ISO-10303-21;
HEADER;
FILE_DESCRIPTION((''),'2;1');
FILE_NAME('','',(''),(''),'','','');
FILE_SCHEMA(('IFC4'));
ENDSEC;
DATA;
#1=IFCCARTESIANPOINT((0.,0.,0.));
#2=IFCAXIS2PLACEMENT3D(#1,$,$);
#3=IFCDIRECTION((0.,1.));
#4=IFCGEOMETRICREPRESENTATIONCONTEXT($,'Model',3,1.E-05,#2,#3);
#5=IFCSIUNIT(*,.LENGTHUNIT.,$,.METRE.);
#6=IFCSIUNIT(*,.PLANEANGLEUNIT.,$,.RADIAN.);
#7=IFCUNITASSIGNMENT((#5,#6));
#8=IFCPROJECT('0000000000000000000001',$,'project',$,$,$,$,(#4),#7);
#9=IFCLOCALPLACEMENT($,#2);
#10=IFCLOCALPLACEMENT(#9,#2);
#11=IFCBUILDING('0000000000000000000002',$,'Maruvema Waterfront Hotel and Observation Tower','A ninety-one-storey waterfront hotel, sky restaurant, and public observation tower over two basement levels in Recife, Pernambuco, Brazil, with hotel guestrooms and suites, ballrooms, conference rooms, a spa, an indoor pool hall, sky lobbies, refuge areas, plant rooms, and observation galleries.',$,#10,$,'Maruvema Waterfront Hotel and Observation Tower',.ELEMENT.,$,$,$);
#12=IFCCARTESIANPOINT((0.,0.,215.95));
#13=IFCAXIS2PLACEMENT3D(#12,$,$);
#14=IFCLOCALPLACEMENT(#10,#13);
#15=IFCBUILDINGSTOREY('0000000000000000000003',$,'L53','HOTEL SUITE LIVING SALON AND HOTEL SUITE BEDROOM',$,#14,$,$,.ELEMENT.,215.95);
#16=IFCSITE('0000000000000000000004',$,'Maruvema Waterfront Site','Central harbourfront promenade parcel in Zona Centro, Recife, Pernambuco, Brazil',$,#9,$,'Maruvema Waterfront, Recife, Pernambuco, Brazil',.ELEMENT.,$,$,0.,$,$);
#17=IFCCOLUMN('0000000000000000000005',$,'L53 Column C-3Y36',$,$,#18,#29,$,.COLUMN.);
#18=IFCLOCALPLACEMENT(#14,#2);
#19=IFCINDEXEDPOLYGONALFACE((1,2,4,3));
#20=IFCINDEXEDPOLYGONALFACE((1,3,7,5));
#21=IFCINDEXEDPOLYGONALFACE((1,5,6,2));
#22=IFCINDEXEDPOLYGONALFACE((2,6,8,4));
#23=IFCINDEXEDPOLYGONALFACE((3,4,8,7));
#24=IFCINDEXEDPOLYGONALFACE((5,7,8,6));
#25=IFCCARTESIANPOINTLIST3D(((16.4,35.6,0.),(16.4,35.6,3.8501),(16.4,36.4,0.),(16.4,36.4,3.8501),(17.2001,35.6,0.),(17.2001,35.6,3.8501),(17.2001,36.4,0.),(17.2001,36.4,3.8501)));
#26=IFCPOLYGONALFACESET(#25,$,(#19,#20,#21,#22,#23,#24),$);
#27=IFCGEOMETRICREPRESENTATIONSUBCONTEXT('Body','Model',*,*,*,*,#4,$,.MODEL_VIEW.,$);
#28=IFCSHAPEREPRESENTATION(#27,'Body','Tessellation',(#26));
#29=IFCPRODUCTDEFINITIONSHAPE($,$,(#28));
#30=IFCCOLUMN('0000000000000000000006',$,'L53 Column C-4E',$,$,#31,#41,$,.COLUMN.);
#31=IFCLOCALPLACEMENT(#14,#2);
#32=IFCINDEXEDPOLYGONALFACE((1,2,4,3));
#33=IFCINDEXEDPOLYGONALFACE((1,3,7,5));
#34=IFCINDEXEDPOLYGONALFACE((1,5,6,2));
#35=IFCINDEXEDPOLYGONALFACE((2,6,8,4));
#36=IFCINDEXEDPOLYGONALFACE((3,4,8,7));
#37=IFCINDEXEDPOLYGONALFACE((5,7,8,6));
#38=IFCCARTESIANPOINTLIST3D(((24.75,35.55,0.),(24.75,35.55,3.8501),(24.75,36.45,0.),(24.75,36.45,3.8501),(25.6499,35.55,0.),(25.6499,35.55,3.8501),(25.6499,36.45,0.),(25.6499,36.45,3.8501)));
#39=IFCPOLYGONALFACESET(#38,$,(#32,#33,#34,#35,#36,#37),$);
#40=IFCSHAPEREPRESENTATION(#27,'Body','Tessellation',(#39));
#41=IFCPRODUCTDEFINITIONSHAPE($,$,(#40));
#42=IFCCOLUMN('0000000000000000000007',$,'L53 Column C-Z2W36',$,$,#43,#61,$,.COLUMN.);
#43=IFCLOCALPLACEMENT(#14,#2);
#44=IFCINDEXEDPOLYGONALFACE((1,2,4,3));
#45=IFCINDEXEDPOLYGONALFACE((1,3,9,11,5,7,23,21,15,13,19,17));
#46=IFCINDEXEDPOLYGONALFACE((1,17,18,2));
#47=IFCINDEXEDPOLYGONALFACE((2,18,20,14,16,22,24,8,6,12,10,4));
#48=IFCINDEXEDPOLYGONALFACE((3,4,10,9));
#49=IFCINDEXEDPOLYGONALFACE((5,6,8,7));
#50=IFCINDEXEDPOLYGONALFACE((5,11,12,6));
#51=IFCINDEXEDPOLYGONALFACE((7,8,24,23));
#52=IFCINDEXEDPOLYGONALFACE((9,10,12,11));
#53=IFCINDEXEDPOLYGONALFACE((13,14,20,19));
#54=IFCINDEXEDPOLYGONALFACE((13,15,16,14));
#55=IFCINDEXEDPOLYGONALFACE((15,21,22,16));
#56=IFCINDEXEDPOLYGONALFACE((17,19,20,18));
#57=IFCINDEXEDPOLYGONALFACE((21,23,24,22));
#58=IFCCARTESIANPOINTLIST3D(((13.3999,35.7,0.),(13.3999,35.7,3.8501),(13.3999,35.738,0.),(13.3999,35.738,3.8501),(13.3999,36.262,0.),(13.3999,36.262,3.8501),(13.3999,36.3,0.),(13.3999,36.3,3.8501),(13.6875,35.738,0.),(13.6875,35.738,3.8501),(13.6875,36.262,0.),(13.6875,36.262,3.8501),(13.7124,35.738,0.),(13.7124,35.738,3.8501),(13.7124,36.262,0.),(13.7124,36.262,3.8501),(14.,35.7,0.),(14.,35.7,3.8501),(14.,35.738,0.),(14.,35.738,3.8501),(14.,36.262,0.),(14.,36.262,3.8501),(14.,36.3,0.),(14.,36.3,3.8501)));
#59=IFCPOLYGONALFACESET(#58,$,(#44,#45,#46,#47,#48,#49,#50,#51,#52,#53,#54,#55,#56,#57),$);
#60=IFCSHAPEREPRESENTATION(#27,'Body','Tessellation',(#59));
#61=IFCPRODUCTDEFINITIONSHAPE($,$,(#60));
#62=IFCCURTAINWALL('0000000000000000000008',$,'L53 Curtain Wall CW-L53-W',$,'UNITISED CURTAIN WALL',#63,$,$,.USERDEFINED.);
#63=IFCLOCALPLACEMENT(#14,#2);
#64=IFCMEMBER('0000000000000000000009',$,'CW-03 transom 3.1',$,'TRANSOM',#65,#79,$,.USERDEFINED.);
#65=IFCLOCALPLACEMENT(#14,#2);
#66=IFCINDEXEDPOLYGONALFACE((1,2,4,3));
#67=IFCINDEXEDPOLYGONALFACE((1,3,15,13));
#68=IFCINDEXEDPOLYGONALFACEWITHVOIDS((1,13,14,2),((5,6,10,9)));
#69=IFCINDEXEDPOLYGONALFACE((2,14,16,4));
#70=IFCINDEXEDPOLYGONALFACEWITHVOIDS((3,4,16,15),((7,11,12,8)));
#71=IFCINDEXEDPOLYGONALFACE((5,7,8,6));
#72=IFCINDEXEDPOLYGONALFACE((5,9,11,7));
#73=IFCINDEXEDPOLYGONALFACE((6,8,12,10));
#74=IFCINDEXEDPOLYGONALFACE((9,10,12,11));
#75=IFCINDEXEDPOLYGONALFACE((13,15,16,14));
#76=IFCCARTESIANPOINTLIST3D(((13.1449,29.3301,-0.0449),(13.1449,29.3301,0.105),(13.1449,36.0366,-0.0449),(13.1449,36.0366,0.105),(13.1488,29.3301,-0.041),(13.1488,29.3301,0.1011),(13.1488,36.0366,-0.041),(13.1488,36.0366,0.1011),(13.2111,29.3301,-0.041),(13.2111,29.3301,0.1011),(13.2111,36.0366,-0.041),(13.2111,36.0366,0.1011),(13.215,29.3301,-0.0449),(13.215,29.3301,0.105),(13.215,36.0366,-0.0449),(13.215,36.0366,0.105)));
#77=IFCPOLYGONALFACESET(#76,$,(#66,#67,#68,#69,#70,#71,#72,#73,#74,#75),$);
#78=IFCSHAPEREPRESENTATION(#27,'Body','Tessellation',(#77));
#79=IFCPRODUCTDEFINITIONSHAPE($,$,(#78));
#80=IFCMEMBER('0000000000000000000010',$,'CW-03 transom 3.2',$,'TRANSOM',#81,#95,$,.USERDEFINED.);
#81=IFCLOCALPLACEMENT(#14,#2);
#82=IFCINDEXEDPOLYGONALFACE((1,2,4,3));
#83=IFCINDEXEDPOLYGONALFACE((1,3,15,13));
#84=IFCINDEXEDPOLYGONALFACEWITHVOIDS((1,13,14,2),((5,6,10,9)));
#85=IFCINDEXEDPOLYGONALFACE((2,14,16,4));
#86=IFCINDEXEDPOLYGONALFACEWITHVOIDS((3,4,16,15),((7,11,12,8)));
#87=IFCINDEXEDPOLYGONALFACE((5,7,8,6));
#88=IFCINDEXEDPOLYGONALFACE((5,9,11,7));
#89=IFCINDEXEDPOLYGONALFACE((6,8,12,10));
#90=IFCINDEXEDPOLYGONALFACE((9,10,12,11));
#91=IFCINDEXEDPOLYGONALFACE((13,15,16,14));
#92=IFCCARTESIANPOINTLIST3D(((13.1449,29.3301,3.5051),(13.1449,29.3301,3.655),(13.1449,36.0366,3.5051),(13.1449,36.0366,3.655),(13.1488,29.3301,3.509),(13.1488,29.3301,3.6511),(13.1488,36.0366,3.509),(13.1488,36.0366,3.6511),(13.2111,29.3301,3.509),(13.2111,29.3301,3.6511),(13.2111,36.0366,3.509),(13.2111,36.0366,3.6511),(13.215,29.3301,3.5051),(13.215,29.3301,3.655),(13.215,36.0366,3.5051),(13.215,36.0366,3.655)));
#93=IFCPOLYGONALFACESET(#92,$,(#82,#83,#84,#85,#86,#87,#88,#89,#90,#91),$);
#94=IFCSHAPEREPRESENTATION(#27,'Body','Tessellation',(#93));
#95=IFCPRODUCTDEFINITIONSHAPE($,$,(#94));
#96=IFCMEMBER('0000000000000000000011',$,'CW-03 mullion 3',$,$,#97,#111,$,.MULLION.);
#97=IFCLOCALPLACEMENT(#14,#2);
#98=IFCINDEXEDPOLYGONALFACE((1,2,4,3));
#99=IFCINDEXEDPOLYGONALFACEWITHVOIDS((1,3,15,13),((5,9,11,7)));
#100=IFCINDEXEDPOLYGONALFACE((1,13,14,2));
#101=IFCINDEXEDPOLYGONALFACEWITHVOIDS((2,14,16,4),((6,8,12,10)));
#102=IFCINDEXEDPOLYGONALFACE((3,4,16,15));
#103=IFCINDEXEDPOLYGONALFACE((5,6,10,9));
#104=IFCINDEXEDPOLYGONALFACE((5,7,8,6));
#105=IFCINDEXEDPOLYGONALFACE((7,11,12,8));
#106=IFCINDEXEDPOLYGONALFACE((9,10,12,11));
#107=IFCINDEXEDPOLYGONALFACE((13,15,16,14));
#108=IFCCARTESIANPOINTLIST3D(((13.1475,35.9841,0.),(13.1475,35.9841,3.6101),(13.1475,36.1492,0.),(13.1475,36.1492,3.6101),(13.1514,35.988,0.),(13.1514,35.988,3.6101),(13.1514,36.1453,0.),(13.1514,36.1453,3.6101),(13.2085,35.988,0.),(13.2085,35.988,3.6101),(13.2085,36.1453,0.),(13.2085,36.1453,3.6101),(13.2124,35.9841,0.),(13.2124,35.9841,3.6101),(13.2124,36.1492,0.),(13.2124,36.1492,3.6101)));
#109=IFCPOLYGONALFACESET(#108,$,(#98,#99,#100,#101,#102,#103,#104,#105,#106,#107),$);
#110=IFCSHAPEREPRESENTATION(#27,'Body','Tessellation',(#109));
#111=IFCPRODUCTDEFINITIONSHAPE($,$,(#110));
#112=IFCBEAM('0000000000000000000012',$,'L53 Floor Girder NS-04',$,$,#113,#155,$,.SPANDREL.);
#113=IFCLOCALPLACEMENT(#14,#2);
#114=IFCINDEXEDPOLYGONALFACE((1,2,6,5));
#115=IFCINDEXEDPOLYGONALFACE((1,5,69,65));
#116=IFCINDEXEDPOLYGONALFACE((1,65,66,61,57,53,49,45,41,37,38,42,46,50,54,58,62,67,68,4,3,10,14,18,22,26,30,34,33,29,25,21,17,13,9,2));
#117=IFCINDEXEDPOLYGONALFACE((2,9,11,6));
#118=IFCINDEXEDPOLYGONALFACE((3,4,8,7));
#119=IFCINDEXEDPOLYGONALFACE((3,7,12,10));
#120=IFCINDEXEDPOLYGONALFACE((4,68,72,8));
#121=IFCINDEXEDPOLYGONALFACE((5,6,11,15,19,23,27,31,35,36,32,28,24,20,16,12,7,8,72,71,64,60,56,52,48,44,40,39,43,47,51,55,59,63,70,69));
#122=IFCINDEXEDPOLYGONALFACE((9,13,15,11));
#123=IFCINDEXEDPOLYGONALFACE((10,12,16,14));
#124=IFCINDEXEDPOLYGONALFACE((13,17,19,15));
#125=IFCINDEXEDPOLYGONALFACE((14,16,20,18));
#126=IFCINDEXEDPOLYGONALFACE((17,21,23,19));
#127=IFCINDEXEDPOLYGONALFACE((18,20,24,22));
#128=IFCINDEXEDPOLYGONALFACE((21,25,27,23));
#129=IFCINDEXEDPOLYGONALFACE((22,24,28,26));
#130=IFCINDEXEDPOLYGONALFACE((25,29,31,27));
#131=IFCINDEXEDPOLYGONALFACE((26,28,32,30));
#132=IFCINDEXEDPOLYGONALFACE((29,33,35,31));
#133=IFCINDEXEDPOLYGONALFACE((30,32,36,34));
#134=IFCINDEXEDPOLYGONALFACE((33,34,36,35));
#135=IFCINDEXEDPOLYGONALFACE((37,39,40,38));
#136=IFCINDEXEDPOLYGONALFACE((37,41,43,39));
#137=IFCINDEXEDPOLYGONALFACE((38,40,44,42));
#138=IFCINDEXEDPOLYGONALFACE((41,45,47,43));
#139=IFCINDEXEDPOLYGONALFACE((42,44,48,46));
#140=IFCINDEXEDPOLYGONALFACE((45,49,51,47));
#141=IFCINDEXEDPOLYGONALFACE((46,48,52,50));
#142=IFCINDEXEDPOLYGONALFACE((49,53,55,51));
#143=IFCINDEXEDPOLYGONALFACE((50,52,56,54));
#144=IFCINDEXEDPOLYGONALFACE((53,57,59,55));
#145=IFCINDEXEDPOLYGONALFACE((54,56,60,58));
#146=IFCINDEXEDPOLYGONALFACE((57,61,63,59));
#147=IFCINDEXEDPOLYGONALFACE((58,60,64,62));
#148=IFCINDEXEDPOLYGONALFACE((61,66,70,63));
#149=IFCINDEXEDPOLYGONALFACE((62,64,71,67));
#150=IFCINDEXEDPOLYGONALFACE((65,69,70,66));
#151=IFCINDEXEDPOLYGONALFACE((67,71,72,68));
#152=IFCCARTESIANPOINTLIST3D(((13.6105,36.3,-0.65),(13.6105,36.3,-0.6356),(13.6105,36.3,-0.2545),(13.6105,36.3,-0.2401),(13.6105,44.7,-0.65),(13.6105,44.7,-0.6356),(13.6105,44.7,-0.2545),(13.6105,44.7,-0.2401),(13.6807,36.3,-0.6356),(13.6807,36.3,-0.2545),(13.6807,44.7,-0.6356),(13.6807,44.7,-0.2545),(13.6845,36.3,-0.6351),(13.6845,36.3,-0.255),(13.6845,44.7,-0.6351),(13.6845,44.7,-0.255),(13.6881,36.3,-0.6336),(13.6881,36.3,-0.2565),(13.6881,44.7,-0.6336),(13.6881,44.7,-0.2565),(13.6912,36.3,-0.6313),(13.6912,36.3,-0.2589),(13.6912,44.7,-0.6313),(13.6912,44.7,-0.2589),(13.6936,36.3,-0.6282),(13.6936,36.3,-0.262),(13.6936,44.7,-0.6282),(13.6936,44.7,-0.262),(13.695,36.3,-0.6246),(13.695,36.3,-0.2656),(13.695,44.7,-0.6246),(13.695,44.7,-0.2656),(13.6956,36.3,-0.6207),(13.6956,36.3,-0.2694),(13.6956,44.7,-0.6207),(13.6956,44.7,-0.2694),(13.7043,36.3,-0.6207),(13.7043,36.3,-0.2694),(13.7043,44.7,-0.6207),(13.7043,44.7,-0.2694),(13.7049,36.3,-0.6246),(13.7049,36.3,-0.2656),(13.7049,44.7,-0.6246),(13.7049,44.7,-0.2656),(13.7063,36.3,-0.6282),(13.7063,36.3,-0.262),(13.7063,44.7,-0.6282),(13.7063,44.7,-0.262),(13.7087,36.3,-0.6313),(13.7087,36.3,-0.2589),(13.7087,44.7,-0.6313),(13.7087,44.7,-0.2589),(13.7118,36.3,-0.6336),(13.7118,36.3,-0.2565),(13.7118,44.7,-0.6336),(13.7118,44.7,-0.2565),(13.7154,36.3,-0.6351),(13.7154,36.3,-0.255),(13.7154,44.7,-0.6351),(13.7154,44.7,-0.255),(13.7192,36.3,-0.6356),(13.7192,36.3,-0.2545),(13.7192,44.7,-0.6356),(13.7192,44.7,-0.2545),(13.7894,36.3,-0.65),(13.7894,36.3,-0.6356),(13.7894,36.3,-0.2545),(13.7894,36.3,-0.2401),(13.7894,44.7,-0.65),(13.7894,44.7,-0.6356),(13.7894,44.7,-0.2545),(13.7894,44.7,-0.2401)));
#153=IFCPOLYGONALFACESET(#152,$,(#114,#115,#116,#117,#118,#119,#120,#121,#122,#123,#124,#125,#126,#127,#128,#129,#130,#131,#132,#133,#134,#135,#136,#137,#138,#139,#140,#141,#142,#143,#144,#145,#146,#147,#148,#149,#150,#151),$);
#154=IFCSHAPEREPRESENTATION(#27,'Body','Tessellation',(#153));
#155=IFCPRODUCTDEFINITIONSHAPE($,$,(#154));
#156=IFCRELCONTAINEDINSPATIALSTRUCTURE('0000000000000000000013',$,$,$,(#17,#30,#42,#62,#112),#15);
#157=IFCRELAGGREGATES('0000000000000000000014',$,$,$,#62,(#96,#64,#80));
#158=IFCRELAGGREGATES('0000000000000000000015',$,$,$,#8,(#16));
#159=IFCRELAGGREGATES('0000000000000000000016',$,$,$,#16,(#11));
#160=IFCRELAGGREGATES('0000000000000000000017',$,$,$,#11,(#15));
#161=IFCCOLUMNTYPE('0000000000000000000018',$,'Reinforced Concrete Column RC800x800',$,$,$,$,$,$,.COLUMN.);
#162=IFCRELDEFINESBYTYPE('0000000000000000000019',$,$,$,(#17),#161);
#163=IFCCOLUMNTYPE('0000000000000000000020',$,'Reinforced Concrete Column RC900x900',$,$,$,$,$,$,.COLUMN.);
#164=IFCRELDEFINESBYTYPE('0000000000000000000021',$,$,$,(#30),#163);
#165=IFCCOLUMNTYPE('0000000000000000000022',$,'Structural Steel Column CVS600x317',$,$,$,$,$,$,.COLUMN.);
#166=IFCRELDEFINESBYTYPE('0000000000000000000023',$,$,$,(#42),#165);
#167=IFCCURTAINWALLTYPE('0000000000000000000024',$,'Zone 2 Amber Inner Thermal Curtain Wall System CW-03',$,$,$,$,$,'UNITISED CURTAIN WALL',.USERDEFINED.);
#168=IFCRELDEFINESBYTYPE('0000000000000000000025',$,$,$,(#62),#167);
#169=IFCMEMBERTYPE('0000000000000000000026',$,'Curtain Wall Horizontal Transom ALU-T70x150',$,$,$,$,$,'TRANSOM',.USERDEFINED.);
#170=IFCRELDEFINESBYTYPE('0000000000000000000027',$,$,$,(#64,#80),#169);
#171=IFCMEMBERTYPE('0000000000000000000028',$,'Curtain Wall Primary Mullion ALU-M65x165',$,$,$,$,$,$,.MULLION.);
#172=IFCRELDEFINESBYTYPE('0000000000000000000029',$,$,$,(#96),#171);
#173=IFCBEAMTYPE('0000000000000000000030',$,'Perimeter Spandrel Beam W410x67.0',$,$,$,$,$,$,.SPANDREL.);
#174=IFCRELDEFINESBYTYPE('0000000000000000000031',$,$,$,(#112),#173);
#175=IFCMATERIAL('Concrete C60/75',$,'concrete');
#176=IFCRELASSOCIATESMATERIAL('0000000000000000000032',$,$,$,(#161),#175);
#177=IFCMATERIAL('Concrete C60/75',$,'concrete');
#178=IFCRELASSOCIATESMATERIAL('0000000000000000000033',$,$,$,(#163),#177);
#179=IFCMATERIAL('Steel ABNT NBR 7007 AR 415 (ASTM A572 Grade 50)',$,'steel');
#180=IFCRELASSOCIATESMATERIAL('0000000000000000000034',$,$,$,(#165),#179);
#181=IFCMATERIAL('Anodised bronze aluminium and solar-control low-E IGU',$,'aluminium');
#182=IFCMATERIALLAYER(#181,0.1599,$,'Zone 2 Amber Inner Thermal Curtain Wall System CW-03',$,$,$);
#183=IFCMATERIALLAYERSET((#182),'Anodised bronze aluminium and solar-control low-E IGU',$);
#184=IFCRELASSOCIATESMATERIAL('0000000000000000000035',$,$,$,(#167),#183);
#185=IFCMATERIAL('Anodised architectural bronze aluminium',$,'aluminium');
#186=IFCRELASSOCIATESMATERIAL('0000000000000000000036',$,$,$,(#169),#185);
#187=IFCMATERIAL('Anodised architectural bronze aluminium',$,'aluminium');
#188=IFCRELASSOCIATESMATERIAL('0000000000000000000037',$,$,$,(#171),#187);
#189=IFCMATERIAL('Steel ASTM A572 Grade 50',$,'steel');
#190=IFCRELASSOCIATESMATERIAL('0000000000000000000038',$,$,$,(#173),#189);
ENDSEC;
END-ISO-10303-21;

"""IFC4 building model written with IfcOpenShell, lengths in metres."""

from ifc_helpers import new_model, si_unit, direction, frame, origin, origin_2d, place, context, subcontext, project, spatial, rectangle, hollow_rectangle, i_section, extrude, material, layer, layer_set, material_profile, profile_set, type_object, element, aggregate, save


model = new_model("IFC4")

# Units and contexts
model_context = context("Model", 3, precision=1e-05, world=origin(), true_north=direction((0.0, 1.0)))
body_context = subcontext(model_context, "Body", "Model", "MODEL_VIEW")
ifc_project = project(units=[si_unit("LENGTHUNIT", "METRE"), si_unit("PLANEANGLEUNIT", "RADIAN")], contexts=[model_context])

# Site, building, storey
site_placement = place(None, origin())
site = spatial("IfcSite", under=ifc_project, at=site_placement, Name="Maruvema Waterfront Site", Description="Central harbourfront promenade parcel in Zona Centro, Recife, Pernambuco, Brazil", LongName="Maruvema Waterfront, Recife, Pernambuco, Brazil", CompositionType="ELEMENT", RefElevation=0.0)
building_placement = place(site_placement, origin())
building = spatial("IfcBuilding", under=site, at=building_placement, Name="Maruvema Waterfront Hotel and Observation Tower", Description="A ninety-one-storey waterfront hotel, sky restaurant, and public observation tower over two basement levels in Recife, Pernambuco, Brazil, with hotel guestrooms and suites, ballrooms, conference rooms, a spa, an indoor pool hall, sky lobbies, refuge areas, plant rooms, and observation galleries.", LongName="Maruvema Waterfront Hotel and Observation Tower", CompositionType="ELEMENT")
storey_placement = place(building_placement, frame((0.0, 0.0, 215.95)))
storey = spatial("IfcBuildingStorey", under=building, at=storey_placement, Name="L53", Description="HOTEL SUITE LIVING SALON AND HOTEL SUITE BEDROOM", CompositionType="ELEMENT", Elevation=215.95)

# Columns
ifc_material_1 = material(Name="Concrete C60/75", Category="concrete")
ifc_material_profile_1 = material_profile(ifc_material_1, rectangle(XDim=0.8, YDim=0.8, at=origin_2d()), Name="RC800x800")
ifc_profile_set_1 = profile_set([ifc_material_profile_1], Name="Concrete C60/75")
column_type_1 = type_object("IfcColumnType", Name="Reinforced Concrete Column RC800x800", PredefinedType="COLUMN", material=ifc_profile_set_1)
column_1_placement = place(storey_placement, frame((16.8, 36.0, 0.0), z_axis=(0.0, 0.0, 1.0), x_axis=(1.0, 0.0, 0.0)))
element("IfcColumn", 1, at=column_1_placement, inside=storey, type_object=column_type_1, Name="L53 Column C-3Y36", PredefinedType="COLUMN", context=body_context, shape_type="SweptSolid", body=[
    extrude(rectangle(XDim=0.8, YDim=0.8, at=origin_2d()), origin(), (0.0, 0.0, 1.0), 3.8501),
])
ifc_material_2 = material(Name="Concrete C60/75", Category="concrete")
ifc_material_profile_2 = material_profile(ifc_material_2, rectangle(XDim=0.8999, YDim=0.8999, at=origin_2d()), Name="RC900x900")
ifc_profile_set_2 = profile_set([ifc_material_profile_2], Name="Concrete C60/75")
column_type_2 = type_object("IfcColumnType", Name="Reinforced Concrete Column RC900x900", PredefinedType="COLUMN", material=ifc_profile_set_2)
column_2_placement = place(storey_placement, frame((25.2, 36.0, 0.0), z_axis=(0.0, 0.0, 1.0), x_axis=(1.0, 0.0, 0.0)))
element("IfcColumn", 2, at=column_2_placement, inside=storey, type_object=column_type_2, Name="L53 Column C-4E", PredefinedType="COLUMN", context=body_context, shape_type="SweptSolid", body=[
    extrude(rectangle(XDim=0.8999, YDim=0.8999, at=origin_2d()), origin(), (0.0, 0.0, 1.0), 3.8501),
])
ifc_material_3 = material(Name="Steel ABNT NBR 7007 AR 415 (ASTM A572 Grade 50)", Category="steel")
ifc_material_profile_3 = material_profile(ifc_material_3, i_section(OverallWidth=0.6001, OverallDepth=0.6001, WebThickness=0.0249, FlangeThickness=0.0381, at=origin_2d()), Name="CVS600x317")
ifc_profile_set_3 = profile_set([ifc_material_profile_3], Name="Steel ABNT NBR 7007 AR 415 (ASTM A572 Grade 50)")
column_type_3 = type_object("IfcColumnType", Name="Structural Steel Column CVS600x317", PredefinedType="COLUMN", material=ifc_profile_set_3)
column_3_placement = place(storey_placement, frame((13.7, 36.0, 0.0), z_axis=(0.0, 0.0, 1.0), x_axis=(1.0, 0.0, 0.0)))
element("IfcColumn", 3, at=column_3_placement, inside=storey, type_object=column_type_3, Name="L53 Column C-Z2W36", PredefinedType="COLUMN", context=body_context, shape_type="SweptSolid", body=[
    extrude(i_section(OverallWidth=0.6001, OverallDepth=0.6001, WebThickness=0.0249, FlangeThickness=0.0381, at=origin_2d()), origin(), (0.0, 0.0, 1.0), 3.8501),
])

# Curtain wall, members
ifc_material_4 = material(Name="Anodised bronze aluminium and solar-control low-E IGU", Category="aluminium")
ifc_layer_1 = layer(ifc_material_4, 0.1599, Name="Zone 2 Amber Inner Thermal Curtain Wall System CW-03")
ifc_layer_set_1 = layer_set([ifc_layer_1], Name="Anodised bronze aluminium and solar-control low-E IGU")
curtain_wall_type = type_object("IfcCurtainWallType", Name="Zone 2 Amber Inner Thermal Curtain Wall System CW-03", ElementType="UNITISED CURTAIN WALL", PredefinedType="USERDEFINED", material=ifc_layer_set_1)
curtain_wall_placement = place(storey_placement, origin())
curtain_wall = element("IfcCurtainWall", 4, at=curtain_wall_placement, inside=storey, type_object=curtain_wall_type, Name="L53 Curtain Wall CW-L53-W", ObjectType="UNITISED CURTAIN WALL", PredefinedType="USERDEFINED")
ifc_material_5 = material(Name="Anodised architectural bronze aluminium", Category="aluminium")
ifc_material_profile_4 = material_profile(ifc_material_5, hollow_rectangle(XDim=0.0701, YDim=0.1499, WallThickness=0.0039, at=origin_2d()), Name="ALU-T70x150")
ifc_profile_set_4 = profile_set([ifc_material_profile_4], Name="Anodised architectural bronze aluminium")
member_type_1 = type_object("IfcMemberType", Name="Curtain Wall Horizontal Transom ALU-T70x150", ElementType="TRANSOM", PredefinedType="USERDEFINED", material=ifc_profile_set_4)
member_1_placement = place(storey_placement, frame((13.1799, 36.0366, 0.03), z_axis=(0.0, -1.0, 0.0), x_axis=(1.0, 0.0, 0.0)))
member_1 = element("IfcMember", 5, at=member_1_placement, type_object=member_type_1, Name="CW-03 transom 3.1", ObjectType="TRANSOM", PredefinedType="USERDEFINED", context=body_context, shape_type="SweptSolid", body=[
    extrude(hollow_rectangle(XDim=0.0701, YDim=0.1499, WallThickness=0.0039, at=origin_2d()), origin(), (0.0, 0.0, 1.0), 6.7065),
])
member_2_placement = place(storey_placement, frame((13.1799, 36.0366, 3.5801), z_axis=(0.0, -1.0, 0.0), x_axis=(1.0, 0.0, 0.0)))
member_2 = element("IfcMember", 6, at=member_2_placement, type_object=member_type_1, Name="CW-03 transom 3.2", ObjectType="TRANSOM", PredefinedType="USERDEFINED", context=body_context, shape_type="SweptSolid", body=[
    extrude(hollow_rectangle(XDim=0.0701, YDim=0.1499, WallThickness=0.0039, at=origin_2d()), origin(), (0.0, 0.0, 1.0), 6.7065),
])
ifc_material_6 = material(Name="Anodised architectural bronze aluminium", Category="aluminium")
ifc_material_profile_5 = material_profile(ifc_material_6, hollow_rectangle(XDim=0.0649, YDim=0.165, WallThickness=0.0039, at=origin_2d()), Name="ALU-M65x165")
ifc_profile_set_5 = profile_set([ifc_material_profile_5], Name="Anodised architectural bronze aluminium")
member_type_2 = type_object("IfcMemberType", Name="Curtain Wall Primary Mullion ALU-M65x165", PredefinedType="MULLION", material=ifc_profile_set_5)
member_3_placement = place(storey_placement, frame((13.1799, 36.0667, 0.0), z_axis=(0.0, 0.0, 1.0), x_axis=(1.0, 0.0, 0.0)))
member_3 = element("IfcMember", 7, at=member_3_placement, type_object=member_type_2, Name="CW-03 mullion 3", PredefinedType="MULLION", context=body_context, shape_type="SweptSolid", body=[
    extrude(hollow_rectangle(XDim=0.0649, YDim=0.165, WallThickness=0.0039, at=origin_2d()), origin(), (0.0, 0.0, 1.0), 3.6101),
])

# Beam
ifc_material_7 = material(Name="Steel ASTM A572 Grade 50", Category="steel")
ifc_material_profile_6 = material_profile(ifc_material_7, i_section(OverallWidth=0.179, OverallDepth=0.4099, WebThickness=0.0088, FlangeThickness=0.0144, FilletRadius=0.0149, at=origin_2d()), Name="W410x67.0")
ifc_profile_set_6 = profile_set([ifc_material_profile_6], Name="Steel ASTM A572 Grade 50")
beam_type_1 = type_object("IfcBeamType", Name="Perimeter Spandrel Beam W410x67.0", PredefinedType="SPANDREL", material=ifc_profile_set_6)
beam_1_placement = place(storey_placement, frame((13.7, 36.3, -0.4451), z_axis=(0.0, 1.0, 0.0), x_axis=(-1.0, 0.0, 0.0)))
element("IfcBeam", 8, at=beam_1_placement, inside=storey, type_object=beam_type_1, Name="L53 Floor Girder NS-04", PredefinedType="SPANDREL", context=body_context, shape_type="SweptSolid", body=[
    extrude(i_section(OverallWidth=0.179, OverallDepth=0.4099, WebThickness=0.0088, FlangeThickness=0.0144, FilletRadius=0.0149, at=origin_2d()), origin(), (0.0, 0.0, 1.0), 8.3999),
])

aggregate(curtain_wall, [member_3, member_1, member_2])

save(model, "model.ifc")
